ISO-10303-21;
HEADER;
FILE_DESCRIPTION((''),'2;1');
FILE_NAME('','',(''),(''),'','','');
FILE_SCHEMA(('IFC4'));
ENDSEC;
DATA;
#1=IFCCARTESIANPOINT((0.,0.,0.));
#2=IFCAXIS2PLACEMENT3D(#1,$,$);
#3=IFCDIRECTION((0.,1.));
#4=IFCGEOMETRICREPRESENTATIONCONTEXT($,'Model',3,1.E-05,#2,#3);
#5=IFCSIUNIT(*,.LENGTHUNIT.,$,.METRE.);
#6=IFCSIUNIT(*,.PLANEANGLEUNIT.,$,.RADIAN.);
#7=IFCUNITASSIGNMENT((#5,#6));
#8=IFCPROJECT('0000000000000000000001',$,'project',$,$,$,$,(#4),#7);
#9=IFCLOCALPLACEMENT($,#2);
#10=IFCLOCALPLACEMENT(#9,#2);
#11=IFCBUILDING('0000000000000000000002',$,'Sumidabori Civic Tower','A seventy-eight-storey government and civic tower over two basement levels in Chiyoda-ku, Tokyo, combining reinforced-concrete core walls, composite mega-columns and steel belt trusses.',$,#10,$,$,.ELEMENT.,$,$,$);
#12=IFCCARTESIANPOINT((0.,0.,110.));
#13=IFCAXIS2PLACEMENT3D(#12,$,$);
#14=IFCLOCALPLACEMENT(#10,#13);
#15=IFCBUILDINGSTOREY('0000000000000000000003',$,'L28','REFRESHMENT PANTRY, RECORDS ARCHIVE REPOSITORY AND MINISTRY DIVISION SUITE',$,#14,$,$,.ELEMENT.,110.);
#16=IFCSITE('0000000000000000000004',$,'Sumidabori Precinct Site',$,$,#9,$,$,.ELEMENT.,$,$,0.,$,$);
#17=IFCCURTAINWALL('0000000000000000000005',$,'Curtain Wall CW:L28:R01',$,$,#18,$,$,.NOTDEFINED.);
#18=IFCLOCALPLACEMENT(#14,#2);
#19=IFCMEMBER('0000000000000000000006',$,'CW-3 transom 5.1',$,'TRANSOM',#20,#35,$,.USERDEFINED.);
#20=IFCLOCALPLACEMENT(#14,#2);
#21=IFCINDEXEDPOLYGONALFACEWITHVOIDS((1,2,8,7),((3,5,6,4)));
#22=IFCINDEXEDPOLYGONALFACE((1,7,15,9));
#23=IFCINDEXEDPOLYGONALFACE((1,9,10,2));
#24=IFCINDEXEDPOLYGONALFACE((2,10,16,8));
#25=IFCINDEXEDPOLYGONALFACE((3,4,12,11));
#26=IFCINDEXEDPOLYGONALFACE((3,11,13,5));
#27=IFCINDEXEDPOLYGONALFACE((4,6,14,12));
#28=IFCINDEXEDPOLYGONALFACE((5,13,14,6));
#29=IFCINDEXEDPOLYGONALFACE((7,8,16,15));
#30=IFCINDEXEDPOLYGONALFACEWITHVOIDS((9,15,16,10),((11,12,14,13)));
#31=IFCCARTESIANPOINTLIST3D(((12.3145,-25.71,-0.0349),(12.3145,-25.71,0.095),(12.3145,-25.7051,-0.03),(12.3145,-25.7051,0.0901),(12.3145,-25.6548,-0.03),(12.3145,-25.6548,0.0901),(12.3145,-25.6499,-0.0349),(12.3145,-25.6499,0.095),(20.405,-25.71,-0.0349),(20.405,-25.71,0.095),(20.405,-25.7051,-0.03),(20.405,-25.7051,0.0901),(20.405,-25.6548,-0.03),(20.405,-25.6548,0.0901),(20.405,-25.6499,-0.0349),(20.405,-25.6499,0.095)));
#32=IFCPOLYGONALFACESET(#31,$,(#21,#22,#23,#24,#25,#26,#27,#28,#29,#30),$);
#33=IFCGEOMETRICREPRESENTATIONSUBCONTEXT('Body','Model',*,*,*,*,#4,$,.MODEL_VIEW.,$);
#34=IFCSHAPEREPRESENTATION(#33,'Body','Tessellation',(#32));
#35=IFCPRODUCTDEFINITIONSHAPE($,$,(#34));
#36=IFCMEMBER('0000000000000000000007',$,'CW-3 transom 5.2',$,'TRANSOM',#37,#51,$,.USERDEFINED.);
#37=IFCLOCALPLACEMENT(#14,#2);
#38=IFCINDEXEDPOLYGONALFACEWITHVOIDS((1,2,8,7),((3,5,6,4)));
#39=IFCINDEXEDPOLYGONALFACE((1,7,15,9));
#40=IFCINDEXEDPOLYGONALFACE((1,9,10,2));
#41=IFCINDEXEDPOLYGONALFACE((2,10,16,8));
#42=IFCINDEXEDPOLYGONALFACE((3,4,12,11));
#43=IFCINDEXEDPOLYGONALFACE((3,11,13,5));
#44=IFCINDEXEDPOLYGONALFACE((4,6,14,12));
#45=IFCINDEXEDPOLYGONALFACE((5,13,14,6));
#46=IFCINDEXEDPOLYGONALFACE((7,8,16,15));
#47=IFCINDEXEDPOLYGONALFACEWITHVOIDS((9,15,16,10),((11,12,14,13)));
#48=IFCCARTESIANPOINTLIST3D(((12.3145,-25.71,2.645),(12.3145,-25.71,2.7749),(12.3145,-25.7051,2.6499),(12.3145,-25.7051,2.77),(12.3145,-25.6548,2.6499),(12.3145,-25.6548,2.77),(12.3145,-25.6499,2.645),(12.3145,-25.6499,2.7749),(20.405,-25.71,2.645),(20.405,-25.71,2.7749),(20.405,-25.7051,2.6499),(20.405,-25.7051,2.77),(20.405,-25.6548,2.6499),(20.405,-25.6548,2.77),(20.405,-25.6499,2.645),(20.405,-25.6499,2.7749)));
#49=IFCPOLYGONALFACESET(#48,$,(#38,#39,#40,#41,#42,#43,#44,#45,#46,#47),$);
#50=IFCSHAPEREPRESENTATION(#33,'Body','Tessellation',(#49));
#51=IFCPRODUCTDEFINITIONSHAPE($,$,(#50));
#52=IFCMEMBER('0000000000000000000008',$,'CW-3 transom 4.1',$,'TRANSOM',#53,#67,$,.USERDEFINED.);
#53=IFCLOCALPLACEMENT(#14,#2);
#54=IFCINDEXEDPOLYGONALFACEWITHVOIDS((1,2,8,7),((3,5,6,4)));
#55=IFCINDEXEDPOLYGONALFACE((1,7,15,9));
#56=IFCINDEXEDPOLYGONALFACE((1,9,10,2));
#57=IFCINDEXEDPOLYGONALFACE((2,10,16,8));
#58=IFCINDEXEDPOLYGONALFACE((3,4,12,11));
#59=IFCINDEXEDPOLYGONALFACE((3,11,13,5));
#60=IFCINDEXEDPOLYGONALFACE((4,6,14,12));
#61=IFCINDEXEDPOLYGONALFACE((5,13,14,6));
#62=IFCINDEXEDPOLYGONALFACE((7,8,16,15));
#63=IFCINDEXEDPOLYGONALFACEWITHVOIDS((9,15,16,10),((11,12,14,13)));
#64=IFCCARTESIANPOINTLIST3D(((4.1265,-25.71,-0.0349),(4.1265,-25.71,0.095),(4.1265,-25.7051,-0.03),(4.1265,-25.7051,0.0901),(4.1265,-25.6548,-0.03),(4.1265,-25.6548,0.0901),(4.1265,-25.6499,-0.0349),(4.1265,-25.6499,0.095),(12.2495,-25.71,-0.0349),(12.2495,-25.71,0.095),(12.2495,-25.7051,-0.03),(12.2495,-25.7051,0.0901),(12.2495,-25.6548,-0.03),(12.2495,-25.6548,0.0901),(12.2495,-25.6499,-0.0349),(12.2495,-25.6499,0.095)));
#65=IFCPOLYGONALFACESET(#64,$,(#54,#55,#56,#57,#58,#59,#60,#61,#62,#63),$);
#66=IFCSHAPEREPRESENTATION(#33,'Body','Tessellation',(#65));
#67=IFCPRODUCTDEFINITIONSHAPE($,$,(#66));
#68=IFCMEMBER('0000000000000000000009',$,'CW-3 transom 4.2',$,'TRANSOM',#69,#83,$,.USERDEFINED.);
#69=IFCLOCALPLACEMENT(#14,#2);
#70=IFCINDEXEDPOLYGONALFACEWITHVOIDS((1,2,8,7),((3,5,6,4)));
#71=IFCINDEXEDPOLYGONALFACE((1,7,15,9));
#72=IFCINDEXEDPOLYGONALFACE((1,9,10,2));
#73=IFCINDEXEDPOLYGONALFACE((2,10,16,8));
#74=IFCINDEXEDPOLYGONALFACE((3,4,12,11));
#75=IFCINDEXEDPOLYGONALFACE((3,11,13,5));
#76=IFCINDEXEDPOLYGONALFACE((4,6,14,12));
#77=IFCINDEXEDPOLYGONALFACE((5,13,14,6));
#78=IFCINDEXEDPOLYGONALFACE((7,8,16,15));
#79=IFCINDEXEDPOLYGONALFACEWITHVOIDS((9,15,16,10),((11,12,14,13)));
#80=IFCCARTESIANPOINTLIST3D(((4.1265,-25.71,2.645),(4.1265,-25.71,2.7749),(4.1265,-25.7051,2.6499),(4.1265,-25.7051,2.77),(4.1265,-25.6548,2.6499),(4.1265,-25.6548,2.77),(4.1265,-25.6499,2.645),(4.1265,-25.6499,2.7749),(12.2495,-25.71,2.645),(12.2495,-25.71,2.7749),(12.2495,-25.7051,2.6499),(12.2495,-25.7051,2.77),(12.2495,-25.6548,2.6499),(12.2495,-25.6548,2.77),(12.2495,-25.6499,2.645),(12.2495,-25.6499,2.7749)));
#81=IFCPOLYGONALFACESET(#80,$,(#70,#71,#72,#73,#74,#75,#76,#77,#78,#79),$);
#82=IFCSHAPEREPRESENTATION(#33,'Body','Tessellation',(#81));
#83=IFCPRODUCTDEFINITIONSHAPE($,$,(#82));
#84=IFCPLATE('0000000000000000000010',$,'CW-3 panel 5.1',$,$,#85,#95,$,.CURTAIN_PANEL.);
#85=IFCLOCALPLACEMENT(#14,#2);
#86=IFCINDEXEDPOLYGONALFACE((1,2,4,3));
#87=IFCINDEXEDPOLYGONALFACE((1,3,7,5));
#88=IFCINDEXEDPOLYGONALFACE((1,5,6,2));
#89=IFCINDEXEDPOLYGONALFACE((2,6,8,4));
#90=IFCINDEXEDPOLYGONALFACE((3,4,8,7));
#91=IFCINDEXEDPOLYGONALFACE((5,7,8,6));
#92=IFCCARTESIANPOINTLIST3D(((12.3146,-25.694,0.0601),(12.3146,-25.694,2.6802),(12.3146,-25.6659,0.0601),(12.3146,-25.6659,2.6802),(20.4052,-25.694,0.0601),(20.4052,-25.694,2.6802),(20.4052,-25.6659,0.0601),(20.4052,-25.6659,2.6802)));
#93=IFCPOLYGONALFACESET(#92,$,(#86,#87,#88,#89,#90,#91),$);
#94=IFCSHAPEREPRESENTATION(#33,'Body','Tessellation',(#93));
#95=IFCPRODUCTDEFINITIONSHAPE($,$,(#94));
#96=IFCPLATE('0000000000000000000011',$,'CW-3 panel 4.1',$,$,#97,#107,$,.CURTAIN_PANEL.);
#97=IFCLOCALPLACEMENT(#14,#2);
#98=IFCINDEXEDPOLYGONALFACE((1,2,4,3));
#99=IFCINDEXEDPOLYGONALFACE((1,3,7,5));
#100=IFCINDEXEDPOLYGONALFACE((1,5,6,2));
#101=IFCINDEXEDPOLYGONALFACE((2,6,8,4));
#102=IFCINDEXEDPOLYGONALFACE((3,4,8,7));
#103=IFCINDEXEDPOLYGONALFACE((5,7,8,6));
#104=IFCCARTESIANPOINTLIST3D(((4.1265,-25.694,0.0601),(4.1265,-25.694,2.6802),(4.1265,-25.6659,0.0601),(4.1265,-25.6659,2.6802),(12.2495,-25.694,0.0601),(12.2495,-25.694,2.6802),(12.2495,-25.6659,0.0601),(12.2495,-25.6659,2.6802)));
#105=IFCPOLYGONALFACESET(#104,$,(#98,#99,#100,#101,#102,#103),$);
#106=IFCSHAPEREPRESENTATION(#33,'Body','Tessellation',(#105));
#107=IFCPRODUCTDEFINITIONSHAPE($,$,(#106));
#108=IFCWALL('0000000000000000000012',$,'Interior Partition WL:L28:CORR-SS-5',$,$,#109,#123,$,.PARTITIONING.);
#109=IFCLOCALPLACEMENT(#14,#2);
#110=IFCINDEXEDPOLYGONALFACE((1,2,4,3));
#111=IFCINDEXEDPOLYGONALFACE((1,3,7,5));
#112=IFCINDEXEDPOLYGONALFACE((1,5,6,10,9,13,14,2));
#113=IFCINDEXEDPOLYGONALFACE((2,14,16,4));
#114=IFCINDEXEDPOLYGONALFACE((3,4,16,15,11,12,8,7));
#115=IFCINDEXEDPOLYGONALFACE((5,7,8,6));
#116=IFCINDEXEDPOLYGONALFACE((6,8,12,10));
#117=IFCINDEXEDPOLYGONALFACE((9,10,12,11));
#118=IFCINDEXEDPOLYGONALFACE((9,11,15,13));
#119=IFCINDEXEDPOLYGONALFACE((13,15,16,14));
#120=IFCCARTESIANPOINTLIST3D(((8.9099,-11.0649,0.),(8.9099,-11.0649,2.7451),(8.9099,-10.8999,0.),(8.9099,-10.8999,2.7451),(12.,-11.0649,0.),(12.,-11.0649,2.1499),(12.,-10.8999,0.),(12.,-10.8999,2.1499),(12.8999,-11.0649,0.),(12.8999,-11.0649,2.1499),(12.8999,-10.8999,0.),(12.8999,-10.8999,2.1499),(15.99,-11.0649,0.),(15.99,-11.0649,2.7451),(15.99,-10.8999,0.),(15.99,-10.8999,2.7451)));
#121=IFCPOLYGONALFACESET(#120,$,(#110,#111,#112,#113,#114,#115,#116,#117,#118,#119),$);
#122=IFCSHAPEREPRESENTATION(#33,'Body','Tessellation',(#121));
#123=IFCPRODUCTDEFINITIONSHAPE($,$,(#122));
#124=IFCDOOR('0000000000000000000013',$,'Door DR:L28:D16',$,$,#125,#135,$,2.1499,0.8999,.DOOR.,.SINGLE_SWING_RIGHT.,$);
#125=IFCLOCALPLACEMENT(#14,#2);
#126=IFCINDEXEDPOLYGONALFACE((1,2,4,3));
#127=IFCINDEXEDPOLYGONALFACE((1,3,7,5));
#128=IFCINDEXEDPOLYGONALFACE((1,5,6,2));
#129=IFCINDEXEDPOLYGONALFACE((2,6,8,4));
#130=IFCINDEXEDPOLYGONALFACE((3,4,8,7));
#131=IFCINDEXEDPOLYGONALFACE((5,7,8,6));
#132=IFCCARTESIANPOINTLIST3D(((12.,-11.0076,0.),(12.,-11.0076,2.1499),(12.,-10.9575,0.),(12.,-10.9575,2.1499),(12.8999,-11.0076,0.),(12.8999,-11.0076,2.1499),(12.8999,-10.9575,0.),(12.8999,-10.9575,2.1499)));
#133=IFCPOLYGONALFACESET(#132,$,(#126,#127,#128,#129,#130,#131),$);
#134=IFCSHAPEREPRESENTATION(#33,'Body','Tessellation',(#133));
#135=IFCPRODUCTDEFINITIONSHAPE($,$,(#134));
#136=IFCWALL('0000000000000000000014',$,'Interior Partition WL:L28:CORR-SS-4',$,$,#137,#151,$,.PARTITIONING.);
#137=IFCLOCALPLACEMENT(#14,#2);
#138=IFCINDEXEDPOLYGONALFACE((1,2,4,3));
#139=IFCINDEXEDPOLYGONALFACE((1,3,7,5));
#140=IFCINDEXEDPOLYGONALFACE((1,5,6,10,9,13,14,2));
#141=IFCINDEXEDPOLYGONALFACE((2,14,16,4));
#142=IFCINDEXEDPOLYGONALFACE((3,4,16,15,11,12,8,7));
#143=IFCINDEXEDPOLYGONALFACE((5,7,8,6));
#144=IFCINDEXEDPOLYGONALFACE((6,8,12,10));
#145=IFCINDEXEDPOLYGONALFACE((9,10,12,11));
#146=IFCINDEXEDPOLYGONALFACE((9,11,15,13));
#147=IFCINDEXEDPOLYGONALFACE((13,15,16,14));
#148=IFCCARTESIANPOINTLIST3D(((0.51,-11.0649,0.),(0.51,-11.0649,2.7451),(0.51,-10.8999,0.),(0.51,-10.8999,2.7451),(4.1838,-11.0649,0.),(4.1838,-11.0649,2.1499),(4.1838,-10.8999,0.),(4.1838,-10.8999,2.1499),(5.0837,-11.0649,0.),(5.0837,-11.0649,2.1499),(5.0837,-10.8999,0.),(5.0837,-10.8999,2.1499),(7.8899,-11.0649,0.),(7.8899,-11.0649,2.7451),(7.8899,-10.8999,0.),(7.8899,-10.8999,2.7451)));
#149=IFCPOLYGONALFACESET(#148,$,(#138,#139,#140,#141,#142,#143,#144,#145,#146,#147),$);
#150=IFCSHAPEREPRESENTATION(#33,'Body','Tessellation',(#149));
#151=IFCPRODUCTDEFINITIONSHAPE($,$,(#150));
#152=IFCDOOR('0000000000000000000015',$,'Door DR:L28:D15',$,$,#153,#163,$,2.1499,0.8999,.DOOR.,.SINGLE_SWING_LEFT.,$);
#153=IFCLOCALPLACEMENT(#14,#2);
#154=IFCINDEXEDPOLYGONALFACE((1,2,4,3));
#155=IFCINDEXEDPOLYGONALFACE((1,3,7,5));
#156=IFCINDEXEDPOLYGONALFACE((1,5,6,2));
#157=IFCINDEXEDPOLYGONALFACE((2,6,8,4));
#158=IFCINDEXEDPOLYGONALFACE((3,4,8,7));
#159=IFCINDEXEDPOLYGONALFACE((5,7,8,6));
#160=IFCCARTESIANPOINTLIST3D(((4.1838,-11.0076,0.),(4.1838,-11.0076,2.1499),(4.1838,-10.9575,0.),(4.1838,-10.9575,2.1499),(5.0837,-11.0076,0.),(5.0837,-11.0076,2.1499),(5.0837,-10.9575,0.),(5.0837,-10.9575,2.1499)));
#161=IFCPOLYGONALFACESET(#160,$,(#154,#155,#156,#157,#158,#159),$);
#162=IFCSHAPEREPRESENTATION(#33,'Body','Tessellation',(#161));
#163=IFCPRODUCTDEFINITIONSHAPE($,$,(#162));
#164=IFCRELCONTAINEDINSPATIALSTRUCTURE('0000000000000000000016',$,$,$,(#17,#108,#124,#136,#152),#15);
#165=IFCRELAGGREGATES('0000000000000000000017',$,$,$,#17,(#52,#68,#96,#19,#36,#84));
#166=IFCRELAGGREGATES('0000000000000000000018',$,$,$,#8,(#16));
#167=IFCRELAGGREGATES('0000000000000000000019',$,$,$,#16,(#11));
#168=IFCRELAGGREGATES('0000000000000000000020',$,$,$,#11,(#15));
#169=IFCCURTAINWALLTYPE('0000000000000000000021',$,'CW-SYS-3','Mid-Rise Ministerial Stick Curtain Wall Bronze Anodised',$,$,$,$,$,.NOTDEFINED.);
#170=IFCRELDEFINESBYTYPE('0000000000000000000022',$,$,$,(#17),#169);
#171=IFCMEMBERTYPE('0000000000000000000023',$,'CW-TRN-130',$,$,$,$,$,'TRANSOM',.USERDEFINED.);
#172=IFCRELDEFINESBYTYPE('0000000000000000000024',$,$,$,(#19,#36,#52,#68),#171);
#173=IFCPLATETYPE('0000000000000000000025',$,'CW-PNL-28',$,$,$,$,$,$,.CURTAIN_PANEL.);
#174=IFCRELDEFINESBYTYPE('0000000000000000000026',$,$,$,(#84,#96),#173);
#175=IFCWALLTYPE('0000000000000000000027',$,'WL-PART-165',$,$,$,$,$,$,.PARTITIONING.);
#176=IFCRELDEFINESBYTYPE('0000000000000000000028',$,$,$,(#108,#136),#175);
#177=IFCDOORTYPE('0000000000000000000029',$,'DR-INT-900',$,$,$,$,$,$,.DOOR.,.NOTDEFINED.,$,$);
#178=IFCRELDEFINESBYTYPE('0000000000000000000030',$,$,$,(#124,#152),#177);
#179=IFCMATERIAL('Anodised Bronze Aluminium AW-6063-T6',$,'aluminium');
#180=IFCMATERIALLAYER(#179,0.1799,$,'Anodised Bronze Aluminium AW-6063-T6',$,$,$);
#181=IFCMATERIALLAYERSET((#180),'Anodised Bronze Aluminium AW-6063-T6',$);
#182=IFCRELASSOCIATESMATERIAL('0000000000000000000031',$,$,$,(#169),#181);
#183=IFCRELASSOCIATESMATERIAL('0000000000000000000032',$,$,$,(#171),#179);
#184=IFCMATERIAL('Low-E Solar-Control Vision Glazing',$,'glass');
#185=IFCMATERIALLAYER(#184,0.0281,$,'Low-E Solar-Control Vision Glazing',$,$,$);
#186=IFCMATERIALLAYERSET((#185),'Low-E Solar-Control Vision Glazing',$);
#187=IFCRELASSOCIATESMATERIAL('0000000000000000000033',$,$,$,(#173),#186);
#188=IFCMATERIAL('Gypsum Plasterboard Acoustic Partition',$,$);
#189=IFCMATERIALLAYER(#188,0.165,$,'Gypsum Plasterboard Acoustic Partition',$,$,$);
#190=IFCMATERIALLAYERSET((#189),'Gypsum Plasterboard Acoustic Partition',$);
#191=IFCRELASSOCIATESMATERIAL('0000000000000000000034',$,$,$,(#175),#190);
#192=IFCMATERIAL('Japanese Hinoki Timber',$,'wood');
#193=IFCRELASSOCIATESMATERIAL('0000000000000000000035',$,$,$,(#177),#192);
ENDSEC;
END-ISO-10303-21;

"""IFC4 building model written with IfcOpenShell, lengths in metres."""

from ifc_helpers import new_model, si_unit, direction, frame, frame_2d, origin, origin_2d, place, context, subcontext, project, spatial, rectangle, hollow_rectangle, extrude, source, transform, mapped, material, layer, layer_set, material_profile, profile_set, type_object, element, fill, aggregate, save


model = new_model("IFC4")

# Units and contexts
model_context = context("Model", 3, precision=1e-05, world=origin(), true_north=direction((0.0, 1.0)))
body_context = subcontext(model_context, "Body", "Model", "MODEL_VIEW")
ifc_project = project(units=[si_unit("LENGTHUNIT", "METRE"), si_unit("PLANEANGLEUNIT", "RADIAN")], contexts=[model_context])

# Site, building, storey
site_placement = place(None, origin())
site = spatial("IfcSite", under=ifc_project, at=site_placement, Name="Sumidabori Precinct Site", CompositionType="ELEMENT", RefElevation=0.0)
building_placement = place(site_placement, origin())
building = spatial("IfcBuilding", under=site, at=building_placement, Name="Sumidabori Civic Tower", Description="A seventy-eight-storey government and civic tower over two basement levels in Chiyoda-ku, Tokyo, combining reinforced-concrete core walls, composite mega-columns and steel belt trusses.", CompositionType="ELEMENT")
storey_placement = place(building_placement, frame((0.0, 0.0, 110.0)))
storey = spatial("IfcBuildingStorey", under=building, at=storey_placement, Name="L28", Description="REFRESHMENT PANTRY, RECORDS ARCHIVE REPOSITORY AND MINISTRY DIVISION SUITE", CompositionType="ELEMENT", Elevation=110.0)

# Curtain wall, members, plates
ifc_material_1 = material(Name="Anodised Bronze Aluminium AW-6063-T6", Category="aluminium")
ifc_layer_1 = layer(ifc_material_1, 0.1799, Name="Anodised Bronze Aluminium AW-6063-T6")
ifc_layer_set_1 = layer_set([ifc_layer_1], Name="Anodised Bronze Aluminium AW-6063-T6")
curtain_wall_type = type_object("IfcCurtainWallType", Name="CW-SYS-3", Description="Mid-Rise Ministerial Stick Curtain Wall Bronze Anodised", PredefinedType="NOTDEFINED", material=ifc_layer_set_1)
curtain_wall_placement = place(storey_placement, origin())
curtain_wall = element("IfcCurtainWall", 1, at=curtain_wall_placement, inside=storey, type_object=curtain_wall_type, Name="Curtain Wall CW:L28:R01", PredefinedType="NOTDEFINED")
ifc_material_profile_1 = material_profile(ifc_material_1, hollow_rectangle(XDim=0.0601, YDim=0.1299, WallThickness=0.0049, at=origin_2d()), Name="ALU TRANSOM 130x60")
ifc_profile_set_1 = profile_set([ifc_material_profile_1], Name="Anodised Bronze Aluminium AW-6063-T6")
member_type_1 = type_object("IfcMemberType", Name="CW-TRN-130", ElementType="TRANSOM", PredefinedType="USERDEFINED", material=ifc_profile_set_1)
shared_shape_1 = source(origin(), body_context, "Body", "SweptSolid", [
    extrude(hollow_rectangle(XDim=0.0601, YDim=0.1299, WallThickness=0.0049, at=origin_2d()), origin(), (0.0, 0.0, 1.0), 8.0906),
])
member_1_placement = place(storey_placement, frame((12.3145, -25.6799, 0.03), z_axis=(1.0, 0.0, 0.0), x_axis=(0.0, 1.0, 0.0)))
member_1 = element("IfcMember", 2, at=member_1_placement, type_object=member_type_1, Name="CW-3 transom 5.1", ObjectType="TRANSOM", PredefinedType="USERDEFINED", context=body_context, shape_type="MappedRepresentation", body=[
    mapped(shared_shape_1, transform((0.0, 0.0, 0.0), x_axis=(1.0, 0.0, 0.0), y_axis=(0.0, 1.0, 0.0), z_axis=(0.0, 0.0, 1.0), scale=1.0)),
])
member_2_placement = place(storey_placement, frame((12.3145, -25.6799, 2.71), z_axis=(1.0, 0.0, 0.0), x_axis=(0.0, 1.0, 0.0)))
member_2 = element("IfcMember", 3, at=member_2_placement, type_object=member_type_1, Name="CW-3 transom 5.2", ObjectType="TRANSOM", PredefinedType="USERDEFINED", context=body_context, shape_type="MappedRepresentation", body=[
    mapped(shared_shape_1, transform((0.0, 0.0, 0.0), x_axis=(1.0, 0.0, 0.0), y_axis=(0.0, 1.0, 0.0), z_axis=(0.0, 0.0, 1.0), scale=1.0)),
])
shared_shape_2 = source(origin(), body_context, "Body", "SweptSolid", [
    extrude(hollow_rectangle(XDim=0.0601, YDim=0.1299, WallThickness=0.0049, at=origin_2d()), origin(), (0.0, 0.0, 1.0), 8.123),
])
member_3_placement = place(storey_placement, frame((4.1265, -25.6799, 0.03), z_axis=(1.0, 0.0, 0.0), x_axis=(0.0, 1.0, 0.0)))
member_3 = element("IfcMember", 4, at=member_3_placement, type_object=member_type_1, Name="CW-3 transom 4.1", ObjectType="TRANSOM", PredefinedType="USERDEFINED", context=body_context, shape_type="MappedRepresentation", body=[
    mapped(shared_shape_2, transform((0.0, 0.0, 0.0), x_axis=(1.0, 0.0, 0.0), y_axis=(0.0, 1.0, 0.0), z_axis=(0.0, 0.0, 1.0), scale=1.0)),
])
member_4_placement = place(storey_placement, frame((4.1265, -25.6799, 2.71), z_axis=(1.0, 0.0, 0.0), x_axis=(0.0, 1.0, 0.0)))
member_4 = element("IfcMember", 5, at=member_4_placement, type_object=member_type_1, Name="CW-3 transom 4.2", ObjectType="TRANSOM", PredefinedType="USERDEFINED", context=body_context, shape_type="MappedRepresentation", body=[
    mapped(shared_shape_2, transform((0.0, 0.0, 0.0), x_axis=(1.0, 0.0, 0.0), y_axis=(0.0, 1.0, 0.0), z_axis=(0.0, 0.0, 1.0), scale=1.0)),
])
ifc_material_2 = material(Name="Low-E Solar-Control Vision Glazing", Category="glass")
ifc_layer_2 = layer(ifc_material_2, 0.0281, Name="Low-E Solar-Control Vision Glazing")
ifc_layer_set_2 = layer_set([ifc_layer_2], Name="Low-E Solar-Control Vision Glazing")
plate_type = type_object("IfcPlateType", Name="CW-PNL-28", PredefinedType="CURTAIN_PANEL", material=ifc_layer_set_2)
shared_shape_3 = source(origin(), body_context, "Body", "SweptSolid", [
    extrude(rectangle(XDim=8.0906, YDim=0.0281, at=origin_2d()), origin(), (0.0, 0.0, 1.0), 2.6201),
])
plate_1_placement = place(storey_placement, frame((16.3599, -25.6799, 0.0601), z_axis=(0.0, 0.0, 1.0), x_axis=(1.0, 0.0, 0.0)))
plate_1 = element("IfcPlate", 6, at=plate_1_placement, type_object=plate_type, Name="CW-3 panel 5.1", PredefinedType="CURTAIN_PANEL", context=body_context, shape_type="MappedRepresentation", body=[
    mapped(shared_shape_3, transform((0.0, 0.0, 0.0), x_axis=(1.0, 0.0, 0.0), y_axis=(0.0, 1.0, 0.0), z_axis=(0.0, 0.0, 1.0), scale=1.0)),
])
shared_shape_4 = source(origin(), body_context, "Body", "SweptSolid", [
    extrude(rectangle(XDim=8.123, YDim=0.0281, at=origin_2d()), origin(), (0.0, 0.0, 1.0), 2.6201),
])
plate_2_placement = place(storey_placement, frame((8.188, -25.6799, 0.0601), z_axis=(0.0, 0.0, 1.0), x_axis=(1.0, 0.0, 0.0)))
plate_2 = element("IfcPlate", 7, at=plate_2_placement, type_object=plate_type, Name="CW-3 panel 4.1", PredefinedType="CURTAIN_PANEL", context=body_context, shape_type="MappedRepresentation", body=[
    mapped(shared_shape_4, transform((0.0, 0.0, 0.0), x_axis=(1.0, 0.0, 0.0), y_axis=(0.0, 1.0, 0.0), z_axis=(0.0, 0.0, 1.0), scale=1.0)),
])
aggregate(curtain_wall, [member_3, member_4, plate_2, member_1, member_2, plate_1])

# Walls, openings, doors
ifc_material_3 = material(Name="Gypsum Plasterboard Acoustic Partition")
ifc_layer_3 = layer(ifc_material_3, 0.165, Name="Gypsum Plasterboard Acoustic Partition")
ifc_layer_set_3 = layer_set([ifc_layer_3], Name="Gypsum Plasterboard Acoustic Partition")
wall_type = type_object("IfcWallType", Name="WL-PART-165", PredefinedType="PARTITIONING", material=ifc_layer_set_3)
shared_shape_5 = source(origin(), body_context, "Body", "SweptSolid", [
    extrude(rectangle(XDim=7.0801, YDim=0.165, at=frame_2d((3.54, 0.0))), origin(), (0.0, 0.0, 1.0), 2.7451),
])
wall_1_placement = place(storey_placement, frame((8.9099, -10.9824, 0.0), z_axis=(0.0, 0.0, 1.0), x_axis=(1.0, 0.0, 0.0)))
wall_1 = element("IfcWall", 8, at=wall_1_placement, inside=storey, type_object=wall_type, Name="Interior Partition WL:L28:CORR-SS-5", PredefinedType="PARTITIONING", context=body_context, shape_type="MappedRepresentation", body=[
    mapped(shared_shape_5, transform((0.0, 0.0, 0.0), x_axis=(1.0, 0.0, 0.0), y_axis=(0.0, 1.0, 0.0), z_axis=(0.0, 0.0, 1.0), scale=1.0)),
])
opening_1_placement = place(wall_1_placement, frame((3.0901, 0.0, 0.0)))
opening_1 = element("IfcOpeningElement", 9, at=opening_1_placement, cuts=wall_1, PredefinedType="OPENING", context=body_context, shape_type="SweptSolid", body=[
    extrude(rectangle(XDim=0.8999, YDim=2.1499, at=frame_2d((0.45, 1.075))), frame((0.0, 0.0945, 0.0), z_axis=(0.0, -1.0, 0.0), x_axis=(1.0, 0.0, 0.0)), (0.0, 0.0, 1.0), 0.189),
])
ifc_material_4 = material(Name="Japanese Hinoki Timber", Category="wood")
door_type = type_object("IfcDoorType", Name="DR-INT-900", OperationType="NOTDEFINED", PredefinedType="DOOR", material=ifc_material_4)
shared_shape_6 = source(origin(), body_context, "Body", "SweptSolid", [
    extrude(rectangle(XDim=0.8999, YDim=2.1499, at=frame_2d((0.45, 1.075))), frame((0.0, 0.0249, 0.0), z_axis=(0.0, -1.0, 0.0), x_axis=(1.0, 0.0, 0.0)), (0.0, 0.0, 1.0), 0.05),
])
door_1_placement = place(opening_1_placement, origin())
door_1 = element("IfcDoor", 10, at=door_1_placement, inside=storey, type_object=door_type, Name="Door DR:L28:D16", OperationType="SINGLE_SWING_RIGHT", OverallHeight=2.1499, OverallWidth=0.8999, PredefinedType="DOOR", context=body_context, shape_type="MappedRepresentation", body=[
    mapped(shared_shape_6, transform((0.0, 0.0, 0.0), x_axis=(1.0, 0.0, 0.0), y_axis=(0.0, 1.0, 0.0), z_axis=(0.0, 0.0, 1.0), scale=1.0)),
])
fill(opening_1, door_1)
shared_shape_7 = source(origin(), body_context, "Body", "SweptSolid", [
    extrude(rectangle(XDim=7.3799, YDim=0.165, at=frame_2d((3.6899, 0.0))), origin(), (0.0, 0.0, 1.0), 2.7451),
])
wall_2_placement = place(storey_placement, frame((0.51, -10.9824, 0.0), z_axis=(0.0, 0.0, 1.0), x_axis=(1.0, 0.0, 0.0)))
wall_2 = element("IfcWall", 11, at=wall_2_placement, inside=storey, type_object=wall_type, Name="Interior Partition WL:L28:CORR-SS-4", PredefinedType="PARTITIONING", context=body_context, shape_type="MappedRepresentation", body=[
    mapped(shared_shape_7, transform((0.0, 0.0, 0.0), x_axis=(1.0, 0.0, 0.0), y_axis=(0.0, 1.0, 0.0), z_axis=(0.0, 0.0, 1.0), scale=1.0)),
])
opening_2_placement = place(wall_2_placement, frame((3.6738, 0.0, 0.0)))
opening_2 = element("IfcOpeningElement", 12, at=opening_2_placement, cuts=wall_2, PredefinedType="OPENING", context=body_context, shape_type="SweptSolid", body=[
    extrude(rectangle(XDim=0.8999, YDim=2.1499, at=frame_2d((0.45, 1.075))), frame((0.0, 0.0945, 0.0), z_axis=(0.0, -1.0, 0.0), x_axis=(1.0, 0.0, 0.0)), (0.0, 0.0, 1.0), 0.189),
])
door_2_placement = place(opening_2_placement, origin())
door_2 = element("IfcDoor", 13, at=door_2_placement, inside=storey, type_object=door_type, Name="Door DR:L28:D15", OperationType="SINGLE_SWING_LEFT", OverallHeight=2.1499, OverallWidth=0.8999, PredefinedType="DOOR", context=body_context, shape_type="MappedRepresentation", body=[
    mapped(shared_shape_6, transform((0.0, 0.0, 0.0), x_axis=(1.0, 0.0, 0.0), y_axis=(0.0, 1.0, 0.0), z_axis=(0.0, 0.0, 1.0), scale=1.0)),
])
fill(opening_2, door_2)

save(model, "model.ifc")
